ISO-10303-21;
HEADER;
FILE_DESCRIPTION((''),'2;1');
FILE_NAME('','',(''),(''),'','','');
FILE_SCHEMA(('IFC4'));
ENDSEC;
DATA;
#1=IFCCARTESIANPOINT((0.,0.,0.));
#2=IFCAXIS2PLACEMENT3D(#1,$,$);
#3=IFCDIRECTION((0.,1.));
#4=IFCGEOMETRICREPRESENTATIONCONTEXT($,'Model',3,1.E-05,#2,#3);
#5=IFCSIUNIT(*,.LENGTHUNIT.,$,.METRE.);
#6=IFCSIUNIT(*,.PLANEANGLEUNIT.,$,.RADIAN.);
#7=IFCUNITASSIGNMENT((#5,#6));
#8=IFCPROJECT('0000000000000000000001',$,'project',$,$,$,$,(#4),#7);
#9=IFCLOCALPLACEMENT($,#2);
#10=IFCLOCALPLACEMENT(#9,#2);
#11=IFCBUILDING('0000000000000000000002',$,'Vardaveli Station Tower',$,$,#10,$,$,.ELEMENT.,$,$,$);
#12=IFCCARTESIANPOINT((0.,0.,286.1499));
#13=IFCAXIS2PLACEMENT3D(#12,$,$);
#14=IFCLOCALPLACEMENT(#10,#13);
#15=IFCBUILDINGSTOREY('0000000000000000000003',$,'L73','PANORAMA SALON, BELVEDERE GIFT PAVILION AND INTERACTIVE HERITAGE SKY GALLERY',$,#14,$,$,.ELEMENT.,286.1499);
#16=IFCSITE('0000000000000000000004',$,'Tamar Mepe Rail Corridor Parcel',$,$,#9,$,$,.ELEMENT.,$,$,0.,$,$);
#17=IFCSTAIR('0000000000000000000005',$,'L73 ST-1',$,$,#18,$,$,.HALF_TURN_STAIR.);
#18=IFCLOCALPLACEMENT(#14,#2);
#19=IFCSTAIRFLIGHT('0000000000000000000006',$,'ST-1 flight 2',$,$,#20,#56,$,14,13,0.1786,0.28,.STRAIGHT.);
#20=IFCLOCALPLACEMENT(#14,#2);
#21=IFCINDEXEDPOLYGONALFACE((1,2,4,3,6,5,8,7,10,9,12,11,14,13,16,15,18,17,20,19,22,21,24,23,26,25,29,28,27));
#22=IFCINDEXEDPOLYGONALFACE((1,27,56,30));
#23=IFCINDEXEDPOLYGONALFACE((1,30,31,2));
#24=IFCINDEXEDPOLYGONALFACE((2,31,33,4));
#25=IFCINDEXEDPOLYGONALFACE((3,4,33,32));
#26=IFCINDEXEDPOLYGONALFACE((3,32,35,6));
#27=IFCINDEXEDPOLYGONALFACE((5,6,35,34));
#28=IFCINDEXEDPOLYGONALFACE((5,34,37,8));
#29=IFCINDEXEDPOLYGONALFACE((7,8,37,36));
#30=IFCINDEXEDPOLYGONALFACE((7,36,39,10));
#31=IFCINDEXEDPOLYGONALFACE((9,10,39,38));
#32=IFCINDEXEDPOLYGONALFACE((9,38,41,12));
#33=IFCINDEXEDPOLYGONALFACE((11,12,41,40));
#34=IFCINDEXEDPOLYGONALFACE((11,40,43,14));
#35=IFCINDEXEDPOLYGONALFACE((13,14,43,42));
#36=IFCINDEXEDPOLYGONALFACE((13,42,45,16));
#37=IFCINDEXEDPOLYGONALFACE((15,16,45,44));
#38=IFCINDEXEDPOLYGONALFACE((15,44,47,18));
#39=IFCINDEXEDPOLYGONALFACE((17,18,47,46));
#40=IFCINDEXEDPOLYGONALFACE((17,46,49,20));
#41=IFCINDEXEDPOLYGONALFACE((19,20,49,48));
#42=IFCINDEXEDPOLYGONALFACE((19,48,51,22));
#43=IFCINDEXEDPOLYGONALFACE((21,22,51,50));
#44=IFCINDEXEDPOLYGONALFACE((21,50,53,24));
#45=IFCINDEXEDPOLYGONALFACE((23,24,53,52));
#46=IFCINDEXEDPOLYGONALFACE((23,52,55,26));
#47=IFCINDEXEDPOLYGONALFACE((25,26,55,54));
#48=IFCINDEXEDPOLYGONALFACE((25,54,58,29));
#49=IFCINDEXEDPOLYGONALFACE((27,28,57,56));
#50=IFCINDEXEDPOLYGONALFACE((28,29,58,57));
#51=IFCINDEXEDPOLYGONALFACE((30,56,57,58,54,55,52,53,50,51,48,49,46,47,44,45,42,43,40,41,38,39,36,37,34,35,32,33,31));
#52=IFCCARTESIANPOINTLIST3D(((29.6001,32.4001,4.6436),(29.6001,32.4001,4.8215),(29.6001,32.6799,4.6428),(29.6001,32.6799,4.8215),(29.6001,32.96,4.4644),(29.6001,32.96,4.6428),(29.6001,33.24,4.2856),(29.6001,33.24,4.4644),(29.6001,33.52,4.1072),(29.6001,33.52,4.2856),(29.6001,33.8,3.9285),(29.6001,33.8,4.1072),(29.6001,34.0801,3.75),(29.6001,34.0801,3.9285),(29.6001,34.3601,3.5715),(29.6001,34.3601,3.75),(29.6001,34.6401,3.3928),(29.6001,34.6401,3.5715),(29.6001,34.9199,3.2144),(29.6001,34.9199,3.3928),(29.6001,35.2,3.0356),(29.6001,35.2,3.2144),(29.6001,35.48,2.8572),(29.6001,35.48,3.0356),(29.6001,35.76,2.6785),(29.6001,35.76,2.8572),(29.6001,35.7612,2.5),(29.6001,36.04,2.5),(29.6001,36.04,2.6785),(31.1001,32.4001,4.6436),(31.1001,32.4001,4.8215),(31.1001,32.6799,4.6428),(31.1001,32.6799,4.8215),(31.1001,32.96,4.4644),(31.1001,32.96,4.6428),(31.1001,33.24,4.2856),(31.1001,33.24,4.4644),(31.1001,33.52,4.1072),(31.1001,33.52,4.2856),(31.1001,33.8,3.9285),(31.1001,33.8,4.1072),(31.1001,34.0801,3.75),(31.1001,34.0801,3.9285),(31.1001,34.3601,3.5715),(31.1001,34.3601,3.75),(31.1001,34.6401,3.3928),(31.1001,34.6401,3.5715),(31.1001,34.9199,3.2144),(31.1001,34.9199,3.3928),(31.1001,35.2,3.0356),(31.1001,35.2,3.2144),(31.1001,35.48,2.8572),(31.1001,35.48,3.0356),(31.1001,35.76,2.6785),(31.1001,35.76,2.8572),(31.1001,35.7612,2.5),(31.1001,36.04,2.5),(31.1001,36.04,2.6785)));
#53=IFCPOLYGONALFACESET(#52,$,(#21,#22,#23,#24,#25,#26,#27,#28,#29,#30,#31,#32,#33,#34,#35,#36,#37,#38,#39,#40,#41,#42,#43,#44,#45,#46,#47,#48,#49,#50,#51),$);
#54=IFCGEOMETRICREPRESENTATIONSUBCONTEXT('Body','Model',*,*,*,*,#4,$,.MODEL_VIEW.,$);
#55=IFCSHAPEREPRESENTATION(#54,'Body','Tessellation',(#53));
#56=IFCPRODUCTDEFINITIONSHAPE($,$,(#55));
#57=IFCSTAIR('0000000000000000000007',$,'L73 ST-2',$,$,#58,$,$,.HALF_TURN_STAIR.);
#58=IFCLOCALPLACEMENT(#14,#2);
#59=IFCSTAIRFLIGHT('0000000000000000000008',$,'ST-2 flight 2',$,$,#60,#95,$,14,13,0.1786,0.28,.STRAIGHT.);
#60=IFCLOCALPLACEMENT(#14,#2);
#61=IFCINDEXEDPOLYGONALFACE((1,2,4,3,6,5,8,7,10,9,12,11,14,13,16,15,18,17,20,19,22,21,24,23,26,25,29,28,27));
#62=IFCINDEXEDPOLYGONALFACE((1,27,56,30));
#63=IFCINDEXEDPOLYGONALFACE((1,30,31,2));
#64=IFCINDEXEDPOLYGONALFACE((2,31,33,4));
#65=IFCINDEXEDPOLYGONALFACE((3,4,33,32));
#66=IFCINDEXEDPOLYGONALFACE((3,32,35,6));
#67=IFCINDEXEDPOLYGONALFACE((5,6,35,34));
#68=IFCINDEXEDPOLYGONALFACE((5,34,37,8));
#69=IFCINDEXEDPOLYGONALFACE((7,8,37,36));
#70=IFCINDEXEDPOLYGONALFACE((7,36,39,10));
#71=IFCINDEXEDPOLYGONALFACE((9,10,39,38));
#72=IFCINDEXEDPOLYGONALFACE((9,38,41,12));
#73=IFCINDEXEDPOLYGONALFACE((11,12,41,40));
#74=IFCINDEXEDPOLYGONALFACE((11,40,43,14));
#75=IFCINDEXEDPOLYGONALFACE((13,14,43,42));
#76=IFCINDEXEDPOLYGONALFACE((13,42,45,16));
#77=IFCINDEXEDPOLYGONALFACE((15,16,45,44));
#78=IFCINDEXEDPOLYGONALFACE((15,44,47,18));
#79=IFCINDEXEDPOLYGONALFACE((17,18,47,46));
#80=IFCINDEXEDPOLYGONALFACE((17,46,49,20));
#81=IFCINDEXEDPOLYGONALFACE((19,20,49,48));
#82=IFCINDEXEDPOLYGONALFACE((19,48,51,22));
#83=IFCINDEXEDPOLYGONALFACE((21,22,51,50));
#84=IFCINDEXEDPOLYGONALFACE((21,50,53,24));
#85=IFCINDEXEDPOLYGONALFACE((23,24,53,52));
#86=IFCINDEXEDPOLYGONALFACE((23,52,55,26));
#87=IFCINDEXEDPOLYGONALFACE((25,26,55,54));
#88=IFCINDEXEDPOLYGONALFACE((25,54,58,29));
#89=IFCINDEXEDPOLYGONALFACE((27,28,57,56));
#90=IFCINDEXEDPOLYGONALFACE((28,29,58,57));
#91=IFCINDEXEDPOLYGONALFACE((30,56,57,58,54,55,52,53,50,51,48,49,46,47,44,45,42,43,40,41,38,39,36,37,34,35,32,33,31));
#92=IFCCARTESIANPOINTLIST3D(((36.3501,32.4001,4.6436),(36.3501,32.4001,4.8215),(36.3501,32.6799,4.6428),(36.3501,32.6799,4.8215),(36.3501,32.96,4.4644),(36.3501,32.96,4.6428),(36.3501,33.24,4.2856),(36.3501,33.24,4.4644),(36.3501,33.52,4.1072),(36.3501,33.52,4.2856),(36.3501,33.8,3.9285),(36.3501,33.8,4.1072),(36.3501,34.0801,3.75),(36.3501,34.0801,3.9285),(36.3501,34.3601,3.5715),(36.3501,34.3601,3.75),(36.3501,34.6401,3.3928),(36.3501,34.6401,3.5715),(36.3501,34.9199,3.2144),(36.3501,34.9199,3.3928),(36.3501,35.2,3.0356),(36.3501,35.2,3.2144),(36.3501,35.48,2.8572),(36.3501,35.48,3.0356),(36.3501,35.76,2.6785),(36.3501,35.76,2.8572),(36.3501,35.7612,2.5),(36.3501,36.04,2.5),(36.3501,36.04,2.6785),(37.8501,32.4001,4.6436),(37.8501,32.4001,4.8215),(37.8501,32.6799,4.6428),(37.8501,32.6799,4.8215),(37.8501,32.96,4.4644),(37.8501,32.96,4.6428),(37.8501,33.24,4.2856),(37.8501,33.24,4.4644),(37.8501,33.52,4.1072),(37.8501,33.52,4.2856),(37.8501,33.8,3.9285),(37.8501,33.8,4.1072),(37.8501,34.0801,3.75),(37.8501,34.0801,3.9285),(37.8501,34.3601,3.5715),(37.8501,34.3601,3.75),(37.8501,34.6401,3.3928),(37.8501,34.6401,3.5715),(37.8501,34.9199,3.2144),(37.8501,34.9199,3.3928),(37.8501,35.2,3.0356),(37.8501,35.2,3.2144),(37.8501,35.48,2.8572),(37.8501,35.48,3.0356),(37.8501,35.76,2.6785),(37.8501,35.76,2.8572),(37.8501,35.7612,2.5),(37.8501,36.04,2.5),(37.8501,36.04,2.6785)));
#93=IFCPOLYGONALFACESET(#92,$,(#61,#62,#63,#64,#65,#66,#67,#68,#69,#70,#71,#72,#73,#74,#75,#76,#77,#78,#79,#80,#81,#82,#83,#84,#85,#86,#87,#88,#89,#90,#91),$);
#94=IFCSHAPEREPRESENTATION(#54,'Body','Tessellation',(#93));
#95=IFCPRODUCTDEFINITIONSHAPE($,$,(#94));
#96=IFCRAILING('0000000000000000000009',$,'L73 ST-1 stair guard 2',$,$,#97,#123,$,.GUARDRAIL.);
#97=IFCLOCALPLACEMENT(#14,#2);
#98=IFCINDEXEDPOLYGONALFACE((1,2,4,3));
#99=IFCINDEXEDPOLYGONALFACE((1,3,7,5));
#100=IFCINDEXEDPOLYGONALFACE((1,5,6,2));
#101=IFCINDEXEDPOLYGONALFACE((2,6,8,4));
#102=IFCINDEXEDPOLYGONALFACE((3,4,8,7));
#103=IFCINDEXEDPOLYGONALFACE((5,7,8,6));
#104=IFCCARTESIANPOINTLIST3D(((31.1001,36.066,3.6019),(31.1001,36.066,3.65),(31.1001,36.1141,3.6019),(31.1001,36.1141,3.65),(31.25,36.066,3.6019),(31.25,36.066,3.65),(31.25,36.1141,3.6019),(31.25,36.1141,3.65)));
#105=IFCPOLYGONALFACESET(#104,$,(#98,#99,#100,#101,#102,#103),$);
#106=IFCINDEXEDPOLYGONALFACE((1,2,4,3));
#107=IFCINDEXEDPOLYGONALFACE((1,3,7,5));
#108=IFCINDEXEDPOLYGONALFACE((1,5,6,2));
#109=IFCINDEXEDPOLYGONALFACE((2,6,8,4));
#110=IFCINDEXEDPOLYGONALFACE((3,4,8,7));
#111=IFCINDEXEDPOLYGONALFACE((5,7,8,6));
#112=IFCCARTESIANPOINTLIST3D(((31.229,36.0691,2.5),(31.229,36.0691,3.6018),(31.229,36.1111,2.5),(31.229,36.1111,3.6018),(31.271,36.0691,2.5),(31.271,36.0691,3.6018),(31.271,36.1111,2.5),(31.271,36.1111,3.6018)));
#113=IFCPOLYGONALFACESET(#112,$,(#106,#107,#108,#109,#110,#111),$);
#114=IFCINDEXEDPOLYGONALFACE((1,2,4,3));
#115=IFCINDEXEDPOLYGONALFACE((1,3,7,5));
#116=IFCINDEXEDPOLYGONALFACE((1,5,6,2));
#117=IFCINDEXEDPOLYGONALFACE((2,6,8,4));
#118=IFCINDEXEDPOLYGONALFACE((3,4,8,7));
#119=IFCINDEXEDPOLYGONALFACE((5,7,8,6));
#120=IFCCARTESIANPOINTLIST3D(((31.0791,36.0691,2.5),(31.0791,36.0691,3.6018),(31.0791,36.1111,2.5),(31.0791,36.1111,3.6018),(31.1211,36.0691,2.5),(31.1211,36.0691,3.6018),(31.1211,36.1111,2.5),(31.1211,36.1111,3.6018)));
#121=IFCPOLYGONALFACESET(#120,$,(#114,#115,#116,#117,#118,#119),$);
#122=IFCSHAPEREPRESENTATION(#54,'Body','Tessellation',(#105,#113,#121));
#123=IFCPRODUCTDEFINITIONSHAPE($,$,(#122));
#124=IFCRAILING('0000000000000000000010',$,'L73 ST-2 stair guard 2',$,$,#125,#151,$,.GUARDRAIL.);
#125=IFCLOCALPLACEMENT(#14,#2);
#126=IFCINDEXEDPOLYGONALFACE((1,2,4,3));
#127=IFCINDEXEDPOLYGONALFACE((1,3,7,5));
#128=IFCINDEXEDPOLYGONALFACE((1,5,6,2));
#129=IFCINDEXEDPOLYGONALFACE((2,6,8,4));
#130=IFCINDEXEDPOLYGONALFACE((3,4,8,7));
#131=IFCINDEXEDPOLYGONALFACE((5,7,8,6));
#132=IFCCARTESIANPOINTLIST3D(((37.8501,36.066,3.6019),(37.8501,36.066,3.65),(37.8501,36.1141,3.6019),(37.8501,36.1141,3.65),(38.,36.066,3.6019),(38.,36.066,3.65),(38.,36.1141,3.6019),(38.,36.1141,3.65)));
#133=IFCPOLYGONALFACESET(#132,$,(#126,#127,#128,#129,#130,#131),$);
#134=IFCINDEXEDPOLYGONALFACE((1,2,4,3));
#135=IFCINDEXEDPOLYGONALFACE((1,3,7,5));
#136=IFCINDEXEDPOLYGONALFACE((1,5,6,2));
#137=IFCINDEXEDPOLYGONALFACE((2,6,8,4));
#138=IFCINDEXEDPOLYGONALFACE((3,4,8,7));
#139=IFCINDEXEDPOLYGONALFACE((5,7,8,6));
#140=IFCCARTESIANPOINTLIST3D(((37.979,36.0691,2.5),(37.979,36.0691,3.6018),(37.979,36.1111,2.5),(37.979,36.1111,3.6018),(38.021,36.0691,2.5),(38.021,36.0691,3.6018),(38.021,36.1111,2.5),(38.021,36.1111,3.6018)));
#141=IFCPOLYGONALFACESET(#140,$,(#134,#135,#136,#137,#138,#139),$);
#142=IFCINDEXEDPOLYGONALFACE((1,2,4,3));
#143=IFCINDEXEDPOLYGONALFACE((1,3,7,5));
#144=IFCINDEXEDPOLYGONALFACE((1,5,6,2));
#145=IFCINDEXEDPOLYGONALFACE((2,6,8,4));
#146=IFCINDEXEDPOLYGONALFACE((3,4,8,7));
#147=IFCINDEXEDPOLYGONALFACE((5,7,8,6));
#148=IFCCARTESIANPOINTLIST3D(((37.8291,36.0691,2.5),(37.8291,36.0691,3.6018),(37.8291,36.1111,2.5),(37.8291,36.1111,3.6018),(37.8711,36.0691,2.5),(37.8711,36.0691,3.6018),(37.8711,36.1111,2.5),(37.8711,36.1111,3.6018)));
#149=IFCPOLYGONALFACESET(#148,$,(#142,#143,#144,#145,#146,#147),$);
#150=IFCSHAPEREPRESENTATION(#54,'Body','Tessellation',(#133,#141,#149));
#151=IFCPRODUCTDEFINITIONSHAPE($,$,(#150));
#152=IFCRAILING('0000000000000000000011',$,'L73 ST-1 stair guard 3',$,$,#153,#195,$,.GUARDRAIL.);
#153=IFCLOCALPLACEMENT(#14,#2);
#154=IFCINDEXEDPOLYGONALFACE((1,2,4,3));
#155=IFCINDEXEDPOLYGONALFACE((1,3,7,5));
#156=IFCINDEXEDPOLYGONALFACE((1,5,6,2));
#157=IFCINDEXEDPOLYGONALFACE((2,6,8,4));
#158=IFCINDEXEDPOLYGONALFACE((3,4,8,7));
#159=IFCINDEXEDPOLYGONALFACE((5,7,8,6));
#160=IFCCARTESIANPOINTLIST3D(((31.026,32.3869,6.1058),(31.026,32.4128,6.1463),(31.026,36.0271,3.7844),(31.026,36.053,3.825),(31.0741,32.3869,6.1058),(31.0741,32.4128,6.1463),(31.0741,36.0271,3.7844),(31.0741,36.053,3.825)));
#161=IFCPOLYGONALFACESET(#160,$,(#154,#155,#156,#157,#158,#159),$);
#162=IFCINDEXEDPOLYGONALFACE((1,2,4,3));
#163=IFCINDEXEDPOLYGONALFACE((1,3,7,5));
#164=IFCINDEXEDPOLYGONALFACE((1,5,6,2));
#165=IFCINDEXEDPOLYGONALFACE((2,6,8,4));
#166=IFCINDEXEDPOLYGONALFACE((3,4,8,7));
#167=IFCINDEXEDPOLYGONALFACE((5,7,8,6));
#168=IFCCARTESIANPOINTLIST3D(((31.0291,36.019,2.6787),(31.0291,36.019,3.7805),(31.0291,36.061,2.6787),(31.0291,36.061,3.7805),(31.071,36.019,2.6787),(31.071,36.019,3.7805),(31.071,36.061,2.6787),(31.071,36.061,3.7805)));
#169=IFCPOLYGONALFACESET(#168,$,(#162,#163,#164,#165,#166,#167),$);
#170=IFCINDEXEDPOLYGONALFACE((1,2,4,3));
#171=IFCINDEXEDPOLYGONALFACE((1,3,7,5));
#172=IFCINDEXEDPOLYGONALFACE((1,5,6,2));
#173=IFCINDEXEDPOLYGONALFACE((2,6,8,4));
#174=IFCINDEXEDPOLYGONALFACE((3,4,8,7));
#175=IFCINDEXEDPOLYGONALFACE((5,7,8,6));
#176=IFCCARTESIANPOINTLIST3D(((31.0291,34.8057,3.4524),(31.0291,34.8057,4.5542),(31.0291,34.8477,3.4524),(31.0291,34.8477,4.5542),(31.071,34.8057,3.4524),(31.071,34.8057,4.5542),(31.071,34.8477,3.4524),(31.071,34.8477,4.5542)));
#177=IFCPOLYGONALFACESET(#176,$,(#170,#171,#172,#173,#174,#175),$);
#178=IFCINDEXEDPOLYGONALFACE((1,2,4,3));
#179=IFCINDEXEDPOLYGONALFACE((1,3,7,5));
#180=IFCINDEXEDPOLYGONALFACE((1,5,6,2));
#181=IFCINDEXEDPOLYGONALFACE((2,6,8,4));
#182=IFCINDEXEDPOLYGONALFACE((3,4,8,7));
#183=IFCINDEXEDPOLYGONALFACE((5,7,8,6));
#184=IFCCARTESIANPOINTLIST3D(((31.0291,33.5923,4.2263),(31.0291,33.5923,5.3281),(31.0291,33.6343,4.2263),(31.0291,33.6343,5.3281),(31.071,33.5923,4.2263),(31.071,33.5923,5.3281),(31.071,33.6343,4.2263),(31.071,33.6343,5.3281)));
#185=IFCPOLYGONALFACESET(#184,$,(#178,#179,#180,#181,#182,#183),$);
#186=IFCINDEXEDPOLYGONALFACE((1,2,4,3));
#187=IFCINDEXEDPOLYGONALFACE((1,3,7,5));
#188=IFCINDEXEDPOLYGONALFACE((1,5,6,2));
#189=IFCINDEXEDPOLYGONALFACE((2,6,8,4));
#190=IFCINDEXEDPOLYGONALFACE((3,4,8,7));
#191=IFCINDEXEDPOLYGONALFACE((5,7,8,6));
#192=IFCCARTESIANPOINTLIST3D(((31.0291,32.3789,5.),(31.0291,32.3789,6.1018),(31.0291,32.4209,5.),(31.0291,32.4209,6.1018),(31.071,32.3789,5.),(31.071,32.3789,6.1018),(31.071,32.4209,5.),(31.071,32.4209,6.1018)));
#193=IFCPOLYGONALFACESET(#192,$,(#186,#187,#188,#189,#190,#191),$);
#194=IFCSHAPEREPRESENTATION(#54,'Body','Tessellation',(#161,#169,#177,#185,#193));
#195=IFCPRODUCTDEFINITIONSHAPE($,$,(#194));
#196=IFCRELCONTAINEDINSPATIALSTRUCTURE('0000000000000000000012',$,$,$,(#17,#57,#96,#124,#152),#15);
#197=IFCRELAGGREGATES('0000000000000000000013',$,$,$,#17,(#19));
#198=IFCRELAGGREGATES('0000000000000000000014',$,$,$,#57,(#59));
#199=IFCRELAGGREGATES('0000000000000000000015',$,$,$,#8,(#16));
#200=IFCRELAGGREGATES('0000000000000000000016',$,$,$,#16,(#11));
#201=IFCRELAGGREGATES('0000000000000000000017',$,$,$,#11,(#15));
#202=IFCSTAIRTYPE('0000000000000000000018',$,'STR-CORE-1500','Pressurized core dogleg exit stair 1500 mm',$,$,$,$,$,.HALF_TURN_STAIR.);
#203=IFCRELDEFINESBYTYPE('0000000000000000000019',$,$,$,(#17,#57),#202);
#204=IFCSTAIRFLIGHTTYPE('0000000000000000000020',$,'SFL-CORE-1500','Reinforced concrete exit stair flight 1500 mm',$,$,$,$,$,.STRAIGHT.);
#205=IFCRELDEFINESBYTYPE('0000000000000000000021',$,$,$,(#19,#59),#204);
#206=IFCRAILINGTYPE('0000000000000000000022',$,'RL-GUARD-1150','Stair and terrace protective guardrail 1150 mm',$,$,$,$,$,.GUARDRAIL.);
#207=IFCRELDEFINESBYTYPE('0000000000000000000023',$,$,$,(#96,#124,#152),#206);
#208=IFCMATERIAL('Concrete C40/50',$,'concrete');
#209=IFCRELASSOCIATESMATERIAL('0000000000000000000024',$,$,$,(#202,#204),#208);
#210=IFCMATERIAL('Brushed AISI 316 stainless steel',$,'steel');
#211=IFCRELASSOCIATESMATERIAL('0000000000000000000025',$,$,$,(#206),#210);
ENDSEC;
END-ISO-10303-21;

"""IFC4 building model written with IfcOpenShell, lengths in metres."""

from ifc_helpers import new_model, si_unit, direction, frame, origin, origin_2d, place, context, subcontext, project, spatial, polyline, rectangle, outline, extrude, source, transform, mapped, material, type_object, element, aggregate, save


model = new_model("IFC4")

# Units and contexts
model_context = context("Model", 3, precision=1e-05, world=origin(), true_north=direction((0.0, 1.0)))
body_context = subcontext(model_context, "Body", "Model", "MODEL_VIEW")
ifc_project = project(units=[si_unit("LENGTHUNIT", "METRE"), si_unit("PLANEANGLEUNIT", "RADIAN")], contexts=[model_context])

# Site, building, storey
site_placement = place(None, origin())
site = spatial("IfcSite", under=ifc_project, at=site_placement, Name="Tamar Mepe Rail Corridor Parcel", CompositionType="ELEMENT", RefElevation=0.0)
building_placement = place(site_placement, origin())
building = spatial("IfcBuilding", under=site, at=building_placement, Name="Vardaveli Station Tower", CompositionType="ELEMENT")
storey_placement = place(building_placement, frame((0.0, 0.0, 286.1499)))
storey = spatial("IfcBuildingStorey", under=building, at=storey_placement, Name="L73", Description="PANORAMA SALON, BELVEDERE GIFT PAVILION AND INTERACTIVE HERITAGE SKY GALLERY", CompositionType="ELEMENT", Elevation=286.1499)

# Shared definitions
ifc_material_1 = material(Name="Concrete C40/50", Category="concrete")

# Stairs, stair flights
stair_type = type_object("IfcStairType", Name="STR-CORE-1500", Description="Pressurized core dogleg exit stair 1500 mm", PredefinedType="HALF_TURN_STAIR", material=ifc_material_1)
stair_1_placement = place(storey_placement, origin())
stair_1 = element("IfcStair", 1, at=stair_1_placement, inside=storey, type_object=stair_type, Name="L73 ST-1", PredefinedType="HALF_TURN_STAIR")
stair_flight_type = type_object("IfcStairFlightType", Name="SFL-CORE-1500", Description="Reinforced concrete exit stair flight 1500 mm", PredefinedType="STRAIGHT", material=ifc_material_1)
shared_shape_1 = source(origin(), body_context, "Body", "SweptSolid", [
    extrude(outline(polyline([(0.0, 0.0), (0.0, 0.1785), (0.28, 0.1785), (0.28, 0.3572), (0.5601, 0.3572), (0.5601, 0.5356), (0.8401, 0.5356), (0.8401, 0.7144), (1.1201, 0.7144), (1.1201, 0.8928), (1.3999, 0.8928), (1.3999, 1.0715), (1.6799, 1.0715), (1.6799, 1.25), (1.96, 1.25), (1.96, 1.4285), (2.24, 1.4285), (2.24, 1.6072), (2.52, 1.6072), (2.52, 1.7856), (2.8, 1.7856), (2.8, 1.9644), (3.0801, 1.9644), (3.0801, 2.1428), (3.3601, 2.1428), (3.3601, 2.3215), (3.6399, 2.3215), (3.6399, 2.5), (3.6399, 2.1436), (0.2788, 0.0), (0.0, 0.0)])), frame((0.0, 0.75, 0.0), z_axis=(0.0, -1.0, 0.0), x_axis=(1.0, 0.0, 0.0)), (0.0, 0.0, 1.0), 1.5),
])
stair_flight_1_placement = place(storey_placement, frame((30.3501, 36.04, 2.5), z_axis=(0.0, 0.0, 1.0), x_axis=(0.0, -1.0, 0.0)))
stair_flight_1 = element("IfcStairFlight", 2, at=stair_flight_1_placement, type_object=stair_flight_type, Name="ST-1 flight 2", NumberOfRisers=14, NumberOfTreads=13, PredefinedType="STRAIGHT", RiserHeight=0.1786, TreadLength=0.28, context=body_context, shape_type="MappedRepresentation", body=[
    mapped(shared_shape_1, transform((0.0, 0.0, 0.0), scale=1.0)),
])
aggregate(stair_1, [stair_flight_1])
stair_2_placement = place(storey_placement, origin())
stair_2 = element("IfcStair", 3, at=stair_2_placement, inside=storey, type_object=stair_type, Name="L73 ST-2", PredefinedType="HALF_TURN_STAIR")
stair_flight_2_placement = place(storey_placement, frame((37.1001, 36.04, 2.5), z_axis=(0.0, 0.0, 1.0), x_axis=(0.0, -1.0, 0.0)))
stair_flight_2 = element("IfcStairFlight", 4, at=stair_flight_2_placement, type_object=stair_flight_type, Name="ST-2 flight 2", NumberOfRisers=14, NumberOfTreads=13, PredefinedType="STRAIGHT", RiserHeight=0.1786, TreadLength=0.28, context=body_context, shape_type="MappedRepresentation", body=[
    mapped(shared_shape_1, transform((0.0, 0.0, 0.0), scale=1.0)),
])
aggregate(stair_2, [stair_flight_2])

# Railings
ifc_material_2 = material(Name="Brushed AISI 316 stainless steel", Category="steel")
railing_type_1 = type_object("IfcRailingType", Name="RL-GUARD-1150", Description="Stair and terrace protective guardrail 1150 mm", PredefinedType="GUARDRAIL", material=ifc_material_2)
shared_shape_2 = source(origin(), body_context, "Body", "SweptSolid", [
    extrude(rectangle(XDim=0.0481, YDim=0.0481, at=origin_2d()), frame((0.0, 0.0, 1.126), z_axis=(-1.0, 0.0, 0.0), x_axis=(0.0, -1.0, 0.0)), (0.0, 0.0, 1.0), 0.1499),
    extrude(rectangle(XDim=0.042, YDim=0.042, at=origin_2d()), origin(), (0.0, 0.0, 1.0), 1.1018),
    extrude(rectangle(XDim=0.042, YDim=0.042, at=origin_2d()), frame((-0.1499, 0.0, 0.0)), (0.0, 0.0, 1.0), 1.1018),
])
for number, where, name in (
    (5, (31.25, 36.0901, 2.5), "L73 ST-1 stair guard 2"),
    (6, (38.0, 36.0901, 2.5), "L73 ST-2 stair guard 2"),
):
    element("IfcRailing", number, at=place(storey_placement, frame(where)), inside=storey, type_object=railing_type_1, Name=name, PredefinedType="GUARDRAIL", context=body_context, shape_type="MappedRepresentation", body=[
        mapped(shared_shape_2, transform((0.0, 0.0, 0.0), scale=1.0)),
    ])
shared_shape_3 = source(origin(), body_context, "Body", "SweptSolid", [
    extrude(rectangle(XDim=0.0481, YDim=0.0481, at=origin_2d()), frame((0.0, 0.0, 1.126), z_axis=(0.0, -0.843153, 0.537673), x_axis=(1.0, 0.0, 0.0)), (0.0, 0.0, 1.0), 4.3174),
    extrude(rectangle(XDim=0.042, YDim=0.042, at=origin_2d()), origin(), (0.0, 0.0, 1.0), 1.1018),
    extrude(rectangle(XDim=0.042, YDim=0.042, at=origin_2d()), frame((0.0, -1.2134, 0.7737)), (0.0, 0.0, 1.0), 1.1018),
    extrude(rectangle(XDim=0.042, YDim=0.042, at=origin_2d()), frame((0.0, -2.4268, 1.5476)), (0.0, 0.0, 1.0), 1.1018),
    extrude(rectangle(XDim=0.042, YDim=0.042, at=origin_2d()), frame((0.0, -3.6401, 2.3213)), (0.0, 0.0, 1.0), 1.1018),
])
for number, where, name in (
    (7, (31.05, 36.04, 2.6787), "L73 ST-1 stair guard 3"),
):
    element("IfcRailing", number, at=place(storey_placement, frame(where)), inside=storey, type_object=railing_type_1, Name=name, PredefinedType="GUARDRAIL", context=body_context, shape_type="MappedRepresentation", body=[
        mapped(shared_shape_3, transform((0.0, 0.0, 0.0), scale=1.0)),
    ])

save(model, "model.ifc")
